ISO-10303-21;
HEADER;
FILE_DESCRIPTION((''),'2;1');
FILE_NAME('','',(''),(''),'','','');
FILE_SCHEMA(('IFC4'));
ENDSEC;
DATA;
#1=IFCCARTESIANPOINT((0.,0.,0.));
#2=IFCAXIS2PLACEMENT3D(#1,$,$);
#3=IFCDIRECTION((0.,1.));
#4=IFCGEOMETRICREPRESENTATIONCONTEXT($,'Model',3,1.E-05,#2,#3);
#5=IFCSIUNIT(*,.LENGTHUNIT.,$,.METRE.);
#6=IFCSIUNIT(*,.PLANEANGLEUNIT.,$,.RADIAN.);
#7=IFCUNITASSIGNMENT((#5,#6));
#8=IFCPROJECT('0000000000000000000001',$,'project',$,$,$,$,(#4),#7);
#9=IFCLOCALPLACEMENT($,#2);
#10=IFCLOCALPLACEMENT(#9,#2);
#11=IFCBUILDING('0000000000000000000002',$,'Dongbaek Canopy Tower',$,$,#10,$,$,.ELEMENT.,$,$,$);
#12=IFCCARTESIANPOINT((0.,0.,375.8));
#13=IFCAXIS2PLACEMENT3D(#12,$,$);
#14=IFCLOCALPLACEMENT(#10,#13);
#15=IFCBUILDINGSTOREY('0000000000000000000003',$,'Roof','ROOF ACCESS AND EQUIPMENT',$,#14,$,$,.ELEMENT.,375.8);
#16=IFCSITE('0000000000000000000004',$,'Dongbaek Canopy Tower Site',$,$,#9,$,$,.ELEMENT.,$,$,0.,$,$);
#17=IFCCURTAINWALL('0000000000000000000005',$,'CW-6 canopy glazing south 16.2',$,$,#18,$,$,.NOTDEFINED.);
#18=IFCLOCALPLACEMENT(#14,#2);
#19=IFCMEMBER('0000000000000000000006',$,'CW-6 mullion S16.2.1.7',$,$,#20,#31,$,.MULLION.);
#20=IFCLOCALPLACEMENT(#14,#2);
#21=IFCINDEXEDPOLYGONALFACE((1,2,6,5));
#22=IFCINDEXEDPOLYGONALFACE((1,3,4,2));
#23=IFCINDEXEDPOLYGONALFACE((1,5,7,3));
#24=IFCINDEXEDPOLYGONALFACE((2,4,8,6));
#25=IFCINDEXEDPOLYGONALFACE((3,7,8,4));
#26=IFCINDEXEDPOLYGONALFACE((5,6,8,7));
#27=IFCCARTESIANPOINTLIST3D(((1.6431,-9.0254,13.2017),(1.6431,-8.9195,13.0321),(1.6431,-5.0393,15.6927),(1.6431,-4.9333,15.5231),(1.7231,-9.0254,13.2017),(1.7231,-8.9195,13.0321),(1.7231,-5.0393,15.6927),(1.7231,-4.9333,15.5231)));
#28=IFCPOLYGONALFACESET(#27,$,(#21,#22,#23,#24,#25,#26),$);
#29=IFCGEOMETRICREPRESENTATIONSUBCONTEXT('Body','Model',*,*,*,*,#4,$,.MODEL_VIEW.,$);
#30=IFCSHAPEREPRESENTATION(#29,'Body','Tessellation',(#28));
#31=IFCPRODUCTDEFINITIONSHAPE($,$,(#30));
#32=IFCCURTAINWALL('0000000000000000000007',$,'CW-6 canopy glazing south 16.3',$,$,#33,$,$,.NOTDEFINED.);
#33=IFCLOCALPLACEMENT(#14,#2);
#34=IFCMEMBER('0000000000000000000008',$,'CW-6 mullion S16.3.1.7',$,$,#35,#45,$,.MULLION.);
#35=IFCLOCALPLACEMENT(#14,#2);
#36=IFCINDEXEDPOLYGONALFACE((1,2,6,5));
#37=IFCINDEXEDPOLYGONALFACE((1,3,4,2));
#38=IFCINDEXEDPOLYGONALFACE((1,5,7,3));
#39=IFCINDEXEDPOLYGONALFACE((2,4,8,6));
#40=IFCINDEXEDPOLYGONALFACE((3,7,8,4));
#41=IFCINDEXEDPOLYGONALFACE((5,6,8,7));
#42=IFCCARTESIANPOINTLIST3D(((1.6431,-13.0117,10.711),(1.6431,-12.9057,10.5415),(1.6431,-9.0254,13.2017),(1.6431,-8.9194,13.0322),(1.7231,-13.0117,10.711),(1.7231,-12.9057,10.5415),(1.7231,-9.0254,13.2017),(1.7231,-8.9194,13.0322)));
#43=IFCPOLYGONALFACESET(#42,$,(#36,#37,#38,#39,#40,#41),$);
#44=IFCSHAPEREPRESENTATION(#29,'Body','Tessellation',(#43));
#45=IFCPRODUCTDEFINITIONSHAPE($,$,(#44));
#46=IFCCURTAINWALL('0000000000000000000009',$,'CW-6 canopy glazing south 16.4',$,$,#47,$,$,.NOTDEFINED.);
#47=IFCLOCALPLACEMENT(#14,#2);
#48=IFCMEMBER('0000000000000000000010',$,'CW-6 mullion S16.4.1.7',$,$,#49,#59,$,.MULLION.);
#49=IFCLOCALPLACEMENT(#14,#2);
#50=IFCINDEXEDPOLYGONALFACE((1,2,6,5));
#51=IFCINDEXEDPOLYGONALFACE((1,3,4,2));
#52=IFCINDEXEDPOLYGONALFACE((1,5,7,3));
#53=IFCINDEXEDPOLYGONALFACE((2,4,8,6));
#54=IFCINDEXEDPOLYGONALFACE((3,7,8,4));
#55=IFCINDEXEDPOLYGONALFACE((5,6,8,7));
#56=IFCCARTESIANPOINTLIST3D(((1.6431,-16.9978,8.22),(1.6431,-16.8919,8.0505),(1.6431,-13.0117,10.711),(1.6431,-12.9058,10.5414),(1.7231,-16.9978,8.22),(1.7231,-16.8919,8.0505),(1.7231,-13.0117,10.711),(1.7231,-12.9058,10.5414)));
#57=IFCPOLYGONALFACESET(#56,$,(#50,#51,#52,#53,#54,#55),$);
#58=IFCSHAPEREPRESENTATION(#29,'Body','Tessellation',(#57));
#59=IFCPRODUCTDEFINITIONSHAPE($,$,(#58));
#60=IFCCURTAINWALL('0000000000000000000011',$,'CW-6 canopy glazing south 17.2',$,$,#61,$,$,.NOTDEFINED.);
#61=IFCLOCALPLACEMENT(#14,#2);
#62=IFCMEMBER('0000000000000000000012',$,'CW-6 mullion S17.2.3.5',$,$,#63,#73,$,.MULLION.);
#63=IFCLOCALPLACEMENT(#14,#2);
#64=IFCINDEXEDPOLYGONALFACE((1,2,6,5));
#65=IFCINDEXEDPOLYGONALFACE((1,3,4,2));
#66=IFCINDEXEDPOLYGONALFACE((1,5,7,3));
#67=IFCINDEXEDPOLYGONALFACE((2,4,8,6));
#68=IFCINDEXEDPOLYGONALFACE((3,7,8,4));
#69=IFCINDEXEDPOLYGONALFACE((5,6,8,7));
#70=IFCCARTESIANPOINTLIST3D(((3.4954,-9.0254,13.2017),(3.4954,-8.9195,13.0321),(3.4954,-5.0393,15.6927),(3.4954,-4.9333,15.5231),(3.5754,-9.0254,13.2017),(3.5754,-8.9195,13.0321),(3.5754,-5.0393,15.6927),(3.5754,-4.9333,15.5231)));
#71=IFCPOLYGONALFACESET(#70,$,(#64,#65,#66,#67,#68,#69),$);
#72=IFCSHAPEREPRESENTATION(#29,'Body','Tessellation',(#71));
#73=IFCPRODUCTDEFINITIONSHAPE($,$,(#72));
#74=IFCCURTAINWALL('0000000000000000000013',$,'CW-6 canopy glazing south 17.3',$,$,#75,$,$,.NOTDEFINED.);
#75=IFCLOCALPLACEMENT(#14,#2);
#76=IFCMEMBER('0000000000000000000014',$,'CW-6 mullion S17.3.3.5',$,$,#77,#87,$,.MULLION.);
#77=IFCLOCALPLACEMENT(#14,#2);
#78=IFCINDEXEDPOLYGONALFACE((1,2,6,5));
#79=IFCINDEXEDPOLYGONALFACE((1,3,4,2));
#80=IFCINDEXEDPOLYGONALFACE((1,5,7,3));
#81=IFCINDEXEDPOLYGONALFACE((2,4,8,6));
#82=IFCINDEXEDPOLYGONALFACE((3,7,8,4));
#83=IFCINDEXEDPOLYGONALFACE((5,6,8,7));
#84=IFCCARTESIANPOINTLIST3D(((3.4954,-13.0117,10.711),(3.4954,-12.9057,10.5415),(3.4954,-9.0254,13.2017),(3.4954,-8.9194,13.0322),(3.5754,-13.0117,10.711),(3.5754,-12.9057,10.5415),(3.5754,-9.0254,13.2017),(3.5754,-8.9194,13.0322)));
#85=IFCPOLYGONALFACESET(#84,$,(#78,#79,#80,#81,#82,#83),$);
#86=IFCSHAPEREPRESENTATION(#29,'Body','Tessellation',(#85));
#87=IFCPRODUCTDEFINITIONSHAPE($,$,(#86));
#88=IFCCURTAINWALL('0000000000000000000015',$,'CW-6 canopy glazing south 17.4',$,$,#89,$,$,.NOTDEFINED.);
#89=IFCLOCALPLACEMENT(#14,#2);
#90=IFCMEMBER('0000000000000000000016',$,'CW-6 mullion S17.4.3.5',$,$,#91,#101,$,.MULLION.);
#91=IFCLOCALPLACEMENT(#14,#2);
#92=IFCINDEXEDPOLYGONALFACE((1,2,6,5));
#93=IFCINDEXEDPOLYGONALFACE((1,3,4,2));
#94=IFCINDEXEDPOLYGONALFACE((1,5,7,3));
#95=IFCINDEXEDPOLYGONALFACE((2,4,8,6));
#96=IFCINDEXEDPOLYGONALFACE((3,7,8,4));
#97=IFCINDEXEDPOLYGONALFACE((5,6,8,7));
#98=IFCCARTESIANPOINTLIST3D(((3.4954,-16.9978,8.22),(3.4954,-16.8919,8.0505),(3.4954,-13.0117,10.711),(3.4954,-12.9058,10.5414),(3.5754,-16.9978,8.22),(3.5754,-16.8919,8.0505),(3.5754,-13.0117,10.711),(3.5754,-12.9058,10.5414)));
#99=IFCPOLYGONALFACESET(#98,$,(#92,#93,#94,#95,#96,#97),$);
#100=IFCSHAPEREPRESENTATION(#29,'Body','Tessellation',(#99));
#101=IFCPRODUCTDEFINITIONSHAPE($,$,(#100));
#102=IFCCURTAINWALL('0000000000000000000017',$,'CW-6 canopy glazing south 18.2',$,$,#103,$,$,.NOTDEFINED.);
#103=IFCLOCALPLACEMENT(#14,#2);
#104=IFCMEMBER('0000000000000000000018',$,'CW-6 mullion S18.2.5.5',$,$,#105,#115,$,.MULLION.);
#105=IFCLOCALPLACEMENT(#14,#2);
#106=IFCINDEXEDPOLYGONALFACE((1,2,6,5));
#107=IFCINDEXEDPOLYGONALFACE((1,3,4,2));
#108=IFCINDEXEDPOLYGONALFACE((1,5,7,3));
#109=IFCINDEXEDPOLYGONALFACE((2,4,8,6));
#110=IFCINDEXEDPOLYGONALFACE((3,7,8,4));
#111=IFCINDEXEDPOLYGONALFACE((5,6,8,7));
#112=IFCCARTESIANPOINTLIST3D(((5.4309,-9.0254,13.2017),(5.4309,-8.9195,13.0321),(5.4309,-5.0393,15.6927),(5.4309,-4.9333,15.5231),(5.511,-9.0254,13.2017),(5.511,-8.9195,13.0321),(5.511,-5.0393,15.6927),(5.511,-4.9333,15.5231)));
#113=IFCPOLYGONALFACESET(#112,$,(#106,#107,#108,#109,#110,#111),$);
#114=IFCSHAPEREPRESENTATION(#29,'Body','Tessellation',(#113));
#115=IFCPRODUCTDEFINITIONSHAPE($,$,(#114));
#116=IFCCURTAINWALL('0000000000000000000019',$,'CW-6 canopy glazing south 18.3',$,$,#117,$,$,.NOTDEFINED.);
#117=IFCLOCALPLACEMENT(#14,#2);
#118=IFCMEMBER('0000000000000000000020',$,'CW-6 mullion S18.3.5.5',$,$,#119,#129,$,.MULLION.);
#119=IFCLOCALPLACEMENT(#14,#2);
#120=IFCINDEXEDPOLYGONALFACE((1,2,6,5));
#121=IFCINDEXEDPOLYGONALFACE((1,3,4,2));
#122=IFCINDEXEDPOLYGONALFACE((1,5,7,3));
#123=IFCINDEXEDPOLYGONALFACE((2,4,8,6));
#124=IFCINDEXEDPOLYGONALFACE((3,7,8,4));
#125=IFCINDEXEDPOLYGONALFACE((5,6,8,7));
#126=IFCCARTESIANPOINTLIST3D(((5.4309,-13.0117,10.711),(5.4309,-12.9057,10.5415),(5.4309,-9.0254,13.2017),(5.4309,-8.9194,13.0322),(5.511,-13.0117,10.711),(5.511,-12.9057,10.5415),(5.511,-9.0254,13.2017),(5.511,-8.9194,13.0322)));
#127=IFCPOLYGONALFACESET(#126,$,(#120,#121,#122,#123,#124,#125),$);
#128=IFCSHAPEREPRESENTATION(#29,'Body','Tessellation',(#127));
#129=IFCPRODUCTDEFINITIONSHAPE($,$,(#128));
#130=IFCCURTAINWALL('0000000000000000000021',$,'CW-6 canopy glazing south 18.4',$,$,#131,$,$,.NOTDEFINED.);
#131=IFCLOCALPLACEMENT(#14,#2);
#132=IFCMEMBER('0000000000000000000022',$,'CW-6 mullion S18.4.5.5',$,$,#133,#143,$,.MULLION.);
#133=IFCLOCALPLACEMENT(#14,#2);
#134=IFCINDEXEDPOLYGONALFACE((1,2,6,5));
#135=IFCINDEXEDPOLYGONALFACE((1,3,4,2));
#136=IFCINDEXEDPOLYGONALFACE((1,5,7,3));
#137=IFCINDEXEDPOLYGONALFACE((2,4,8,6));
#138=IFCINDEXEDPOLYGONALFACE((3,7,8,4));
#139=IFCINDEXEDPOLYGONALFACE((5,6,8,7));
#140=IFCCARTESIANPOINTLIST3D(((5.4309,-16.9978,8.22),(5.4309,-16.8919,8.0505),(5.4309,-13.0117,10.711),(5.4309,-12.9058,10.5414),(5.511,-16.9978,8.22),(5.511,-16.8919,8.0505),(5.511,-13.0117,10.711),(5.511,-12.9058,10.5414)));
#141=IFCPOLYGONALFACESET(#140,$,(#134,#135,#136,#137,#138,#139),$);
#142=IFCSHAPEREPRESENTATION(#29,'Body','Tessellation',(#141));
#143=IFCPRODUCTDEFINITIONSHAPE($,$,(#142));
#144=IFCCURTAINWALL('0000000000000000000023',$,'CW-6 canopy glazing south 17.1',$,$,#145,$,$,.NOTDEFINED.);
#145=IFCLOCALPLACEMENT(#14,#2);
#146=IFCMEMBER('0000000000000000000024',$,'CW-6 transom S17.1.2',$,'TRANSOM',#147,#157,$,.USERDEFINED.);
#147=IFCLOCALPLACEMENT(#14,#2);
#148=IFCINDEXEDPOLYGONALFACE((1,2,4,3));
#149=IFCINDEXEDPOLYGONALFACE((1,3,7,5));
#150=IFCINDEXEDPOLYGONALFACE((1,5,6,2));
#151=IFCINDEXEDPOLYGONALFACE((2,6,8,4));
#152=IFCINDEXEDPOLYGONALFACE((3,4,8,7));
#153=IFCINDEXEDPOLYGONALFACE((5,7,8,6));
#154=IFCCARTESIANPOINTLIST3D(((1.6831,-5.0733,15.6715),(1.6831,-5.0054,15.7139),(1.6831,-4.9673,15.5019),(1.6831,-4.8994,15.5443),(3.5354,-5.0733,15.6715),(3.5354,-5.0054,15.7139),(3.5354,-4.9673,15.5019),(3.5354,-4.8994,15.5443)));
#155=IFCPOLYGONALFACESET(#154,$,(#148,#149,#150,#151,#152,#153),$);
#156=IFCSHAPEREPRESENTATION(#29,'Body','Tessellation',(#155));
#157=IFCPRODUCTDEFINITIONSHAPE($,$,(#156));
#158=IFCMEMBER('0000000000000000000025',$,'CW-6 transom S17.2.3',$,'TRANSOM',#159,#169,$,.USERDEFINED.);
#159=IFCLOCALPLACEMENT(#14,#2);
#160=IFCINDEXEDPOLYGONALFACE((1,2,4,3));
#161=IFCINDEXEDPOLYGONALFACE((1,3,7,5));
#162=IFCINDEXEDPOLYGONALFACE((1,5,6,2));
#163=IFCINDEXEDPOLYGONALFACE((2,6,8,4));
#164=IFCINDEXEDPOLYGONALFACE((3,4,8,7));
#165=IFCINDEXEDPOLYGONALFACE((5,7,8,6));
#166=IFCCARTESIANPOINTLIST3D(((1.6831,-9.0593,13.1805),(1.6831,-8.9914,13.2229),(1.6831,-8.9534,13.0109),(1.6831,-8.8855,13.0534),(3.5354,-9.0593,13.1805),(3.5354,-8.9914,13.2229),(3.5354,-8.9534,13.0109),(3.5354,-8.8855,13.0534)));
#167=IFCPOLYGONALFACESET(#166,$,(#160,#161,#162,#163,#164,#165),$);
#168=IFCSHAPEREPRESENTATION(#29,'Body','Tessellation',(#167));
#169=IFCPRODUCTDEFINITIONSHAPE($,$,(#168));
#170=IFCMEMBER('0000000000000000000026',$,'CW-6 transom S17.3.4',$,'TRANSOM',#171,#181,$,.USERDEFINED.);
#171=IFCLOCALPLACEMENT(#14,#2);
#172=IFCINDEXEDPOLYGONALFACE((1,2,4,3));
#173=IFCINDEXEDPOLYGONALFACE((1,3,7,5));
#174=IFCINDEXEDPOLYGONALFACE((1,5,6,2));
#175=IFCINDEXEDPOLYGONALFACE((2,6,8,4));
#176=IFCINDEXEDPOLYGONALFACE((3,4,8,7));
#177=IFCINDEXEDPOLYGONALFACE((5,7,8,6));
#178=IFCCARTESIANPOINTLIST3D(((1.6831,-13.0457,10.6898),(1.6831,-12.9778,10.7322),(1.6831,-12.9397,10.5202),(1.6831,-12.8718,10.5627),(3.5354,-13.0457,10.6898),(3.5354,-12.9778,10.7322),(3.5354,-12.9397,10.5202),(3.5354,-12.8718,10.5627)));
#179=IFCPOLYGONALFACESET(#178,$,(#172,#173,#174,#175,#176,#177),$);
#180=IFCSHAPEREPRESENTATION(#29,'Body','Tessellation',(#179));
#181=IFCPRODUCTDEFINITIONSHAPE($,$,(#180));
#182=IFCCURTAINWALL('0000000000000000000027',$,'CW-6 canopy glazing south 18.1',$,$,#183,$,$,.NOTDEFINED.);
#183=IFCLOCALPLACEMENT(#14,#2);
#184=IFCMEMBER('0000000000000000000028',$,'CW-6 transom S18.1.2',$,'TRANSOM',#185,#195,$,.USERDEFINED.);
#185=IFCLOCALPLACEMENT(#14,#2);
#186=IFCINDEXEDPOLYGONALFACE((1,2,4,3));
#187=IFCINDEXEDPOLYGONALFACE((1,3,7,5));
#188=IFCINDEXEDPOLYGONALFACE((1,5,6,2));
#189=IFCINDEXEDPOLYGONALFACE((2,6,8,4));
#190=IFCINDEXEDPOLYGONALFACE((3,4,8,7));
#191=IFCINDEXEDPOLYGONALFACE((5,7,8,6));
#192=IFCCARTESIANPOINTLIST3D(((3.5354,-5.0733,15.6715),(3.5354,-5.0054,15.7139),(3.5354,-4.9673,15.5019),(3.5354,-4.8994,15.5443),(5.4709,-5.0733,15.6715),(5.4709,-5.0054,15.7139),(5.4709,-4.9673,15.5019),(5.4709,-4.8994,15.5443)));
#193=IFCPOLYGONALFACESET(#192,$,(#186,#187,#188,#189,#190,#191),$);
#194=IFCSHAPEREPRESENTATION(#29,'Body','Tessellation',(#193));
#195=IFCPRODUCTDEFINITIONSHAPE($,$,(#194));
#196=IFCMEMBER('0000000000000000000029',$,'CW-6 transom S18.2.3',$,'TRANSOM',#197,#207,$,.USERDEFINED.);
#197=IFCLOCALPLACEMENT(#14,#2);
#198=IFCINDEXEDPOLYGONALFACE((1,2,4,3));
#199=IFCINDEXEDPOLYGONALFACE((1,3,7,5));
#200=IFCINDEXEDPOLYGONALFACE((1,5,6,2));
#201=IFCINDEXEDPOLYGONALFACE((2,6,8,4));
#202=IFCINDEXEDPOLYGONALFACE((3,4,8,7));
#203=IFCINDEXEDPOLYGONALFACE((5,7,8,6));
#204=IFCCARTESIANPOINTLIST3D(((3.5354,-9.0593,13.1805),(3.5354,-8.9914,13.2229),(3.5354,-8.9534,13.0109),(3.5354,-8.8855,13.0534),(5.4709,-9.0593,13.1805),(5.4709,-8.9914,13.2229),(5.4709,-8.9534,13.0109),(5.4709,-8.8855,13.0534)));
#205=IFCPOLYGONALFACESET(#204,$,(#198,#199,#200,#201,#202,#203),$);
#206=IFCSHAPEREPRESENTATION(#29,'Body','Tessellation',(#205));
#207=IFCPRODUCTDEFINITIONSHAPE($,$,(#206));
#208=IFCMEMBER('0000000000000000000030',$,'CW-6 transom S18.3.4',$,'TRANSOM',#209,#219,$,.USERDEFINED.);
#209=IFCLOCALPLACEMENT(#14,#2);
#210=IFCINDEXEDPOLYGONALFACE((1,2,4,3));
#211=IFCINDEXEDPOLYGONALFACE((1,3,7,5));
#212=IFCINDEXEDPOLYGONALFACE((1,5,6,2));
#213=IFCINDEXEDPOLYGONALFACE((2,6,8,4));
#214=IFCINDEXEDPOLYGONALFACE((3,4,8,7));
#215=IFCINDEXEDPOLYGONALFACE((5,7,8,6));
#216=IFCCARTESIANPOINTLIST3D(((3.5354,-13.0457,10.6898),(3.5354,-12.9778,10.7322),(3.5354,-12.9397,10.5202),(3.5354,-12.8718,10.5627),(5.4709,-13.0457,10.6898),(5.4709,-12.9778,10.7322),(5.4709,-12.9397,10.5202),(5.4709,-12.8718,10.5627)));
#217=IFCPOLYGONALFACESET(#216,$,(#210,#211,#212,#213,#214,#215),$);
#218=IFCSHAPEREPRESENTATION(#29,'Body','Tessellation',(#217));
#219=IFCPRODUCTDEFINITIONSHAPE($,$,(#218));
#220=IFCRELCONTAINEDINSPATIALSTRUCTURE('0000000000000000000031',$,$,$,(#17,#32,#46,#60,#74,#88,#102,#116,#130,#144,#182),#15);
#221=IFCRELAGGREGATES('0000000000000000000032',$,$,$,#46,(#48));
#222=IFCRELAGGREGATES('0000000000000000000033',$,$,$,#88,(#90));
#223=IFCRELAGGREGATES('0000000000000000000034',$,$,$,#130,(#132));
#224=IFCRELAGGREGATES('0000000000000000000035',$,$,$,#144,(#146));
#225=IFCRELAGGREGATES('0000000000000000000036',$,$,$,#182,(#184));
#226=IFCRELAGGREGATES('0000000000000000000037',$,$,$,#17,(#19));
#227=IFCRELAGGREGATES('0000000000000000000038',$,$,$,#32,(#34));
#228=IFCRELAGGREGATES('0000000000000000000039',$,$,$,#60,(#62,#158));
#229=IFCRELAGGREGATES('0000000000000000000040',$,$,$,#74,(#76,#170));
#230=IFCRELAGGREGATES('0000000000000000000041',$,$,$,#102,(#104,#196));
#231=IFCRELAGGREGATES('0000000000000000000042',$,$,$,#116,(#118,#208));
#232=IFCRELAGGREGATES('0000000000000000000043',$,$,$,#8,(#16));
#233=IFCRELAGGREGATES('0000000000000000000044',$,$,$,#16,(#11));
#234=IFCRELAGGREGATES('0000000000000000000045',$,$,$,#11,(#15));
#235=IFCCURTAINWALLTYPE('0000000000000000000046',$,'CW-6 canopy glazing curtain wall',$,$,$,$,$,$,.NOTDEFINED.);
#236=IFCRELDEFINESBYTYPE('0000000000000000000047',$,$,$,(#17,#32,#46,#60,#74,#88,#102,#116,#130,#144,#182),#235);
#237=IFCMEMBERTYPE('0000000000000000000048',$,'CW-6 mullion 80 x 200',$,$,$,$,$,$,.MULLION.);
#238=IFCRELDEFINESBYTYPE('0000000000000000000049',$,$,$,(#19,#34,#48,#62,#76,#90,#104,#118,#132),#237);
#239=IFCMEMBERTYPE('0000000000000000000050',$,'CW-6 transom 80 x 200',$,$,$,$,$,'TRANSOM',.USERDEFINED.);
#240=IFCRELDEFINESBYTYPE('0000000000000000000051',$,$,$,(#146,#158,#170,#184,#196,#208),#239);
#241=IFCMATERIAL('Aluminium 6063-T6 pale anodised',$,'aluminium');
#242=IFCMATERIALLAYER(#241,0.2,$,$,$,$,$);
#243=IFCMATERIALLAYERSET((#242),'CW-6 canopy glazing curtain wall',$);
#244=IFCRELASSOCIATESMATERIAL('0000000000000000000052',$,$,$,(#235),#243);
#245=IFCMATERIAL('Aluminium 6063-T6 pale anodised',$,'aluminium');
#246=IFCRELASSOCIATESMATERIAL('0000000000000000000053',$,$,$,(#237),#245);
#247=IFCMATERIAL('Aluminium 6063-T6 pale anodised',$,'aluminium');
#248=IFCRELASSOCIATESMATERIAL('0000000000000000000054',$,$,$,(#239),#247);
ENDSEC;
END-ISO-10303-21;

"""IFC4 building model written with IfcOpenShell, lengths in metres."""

from ifc_helpers import new_model, si_unit, direction, frame, origin, origin_2d, place, context, subcontext, project, spatial, rectangle, extrude, material, layer, layer_set, material_profile, profile_set, type_object, element, aggregate, save


model = new_model("IFC4")

# Units and contexts
model_context = context("Model", 3, precision=1e-05, world=origin(), true_north=direction((0.0, 1.0)))
body_context = subcontext(model_context, "Body", "Model", "MODEL_VIEW")
ifc_project = project(units=[si_unit("LENGTHUNIT", "METRE"), si_unit("PLANEANGLEUNIT", "RADIAN")], contexts=[model_context])

# Site, building, storey
site_placement = place(None, origin())
site = spatial("IfcSite", under=ifc_project, at=site_placement, Name="Dongbaek Canopy Tower Site", CompositionType="ELEMENT", RefElevation=0.0)
building_placement = place(site_placement, origin())
building = spatial("IfcBuilding", under=site, at=building_placement, Name="Dongbaek Canopy Tower", CompositionType="ELEMENT")
storey_placement = place(building_placement, frame((0.0, 0.0, 375.8)))
storey = spatial("IfcBuildingStorey", under=building, at=storey_placement, Name="Roof", Description="ROOF ACCESS AND EQUIPMENT", CompositionType="ELEMENT", Elevation=375.8)

# Curtain walls, members
ifc_material_1 = material(Name="Aluminium 6063-T6 pale anodised", Category="aluminium")
ifc_layer_1 = layer(ifc_material_1, 0.2)
ifc_layer_set_1 = layer_set([ifc_layer_1], Name="CW-6 canopy glazing curtain wall")
curtain_wall_type = type_object("IfcCurtainWallType", Name="CW-6 canopy glazing curtain wall", PredefinedType="NOTDEFINED", material=ifc_layer_set_1)
curtain_wall_1_placement = place(storey_placement, origin())
curtain_wall_1 = element("IfcCurtainWall", 1, at=curtain_wall_1_placement, inside=storey, type_object=curtain_wall_type, Name="CW-6 canopy glazing south 16.2", PredefinedType="NOTDEFINED")
ifc_material_2 = material(Name="Aluminium 6063-T6 pale anodised", Category="aluminium")
ifc_material_profile_1 = material_profile(ifc_material_2, rectangle(XDim=0.0801, YDim=0.2, at=origin_2d()), Name="CW-6 mullion 80 x 200")
ifc_profile_set_1 = profile_set([ifc_material_profile_1], Name="Aluminium 6063-T6 pale anodised")
member_type_1 = type_object("IfcMemberType", Name="CW-6 mullion 80 x 200", PredefinedType="MULLION", material=ifc_profile_set_1)
member_1_placement = place(storey_placement, frame((1.6831, -4.9863, 15.6079), z_axis=(0.0, -0.84803, -0.529948), x_axis=(1.0, 0.0, 0.0)))
member_1 = element("IfcMember", 2, at=member_1_placement, type_object=member_type_1, Name="CW-6 mullion S16.2.1.7", PredefinedType="MULLION", context=body_context, shape_type="SweptSolid", body=[
    extrude(rectangle(XDim=0.0801, YDim=0.2, at=origin_2d()), origin(), (0.0, 0.0, 1.0), 4.7004),
])
curtain_wall_2_placement = place(storey_placement, origin())
curtain_wall_2 = element("IfcCurtainWall", 3, at=curtain_wall_2_placement, inside=storey, type_object=curtain_wall_type, Name="CW-6 canopy glazing south 16.3", PredefinedType="NOTDEFINED")
member_2_placement = place(storey_placement, frame((1.6831, -8.9724, 13.1169), z_axis=(0.0, -0.848068, -0.529887), x_axis=(1.0, 0.0, 0.0)))
member_2 = element("IfcMember", 4, at=member_2_placement, type_object=member_type_1, Name="CW-6 mullion S16.3.1.7", PredefinedType="MULLION", context=body_context, shape_type="SweptSolid", body=[
    extrude(rectangle(XDim=0.0801, YDim=0.2, at=origin_2d()), origin(), (0.0, 0.0, 1.0), 4.7004),
])
curtain_wall_3_placement = place(storey_placement, origin())
curtain_wall_3 = element("IfcCurtainWall", 5, at=curtain_wall_3_placement, inside=storey, type_object=curtain_wall_type, Name="CW-6 canopy glazing south 16.4", PredefinedType="NOTDEFINED")
member_3_placement = place(storey_placement, frame((1.6831, -12.9587, 10.6262), z_axis=(0.0, -0.84803, -0.529948), x_axis=(1.0, 0.0, 0.0)))
member_3 = element("IfcMember", 6, at=member_3_placement, type_object=member_type_1, Name="CW-6 mullion S16.4.1.7", PredefinedType="MULLION", context=body_context, shape_type="SweptSolid", body=[
    extrude(rectangle(XDim=0.0801, YDim=0.2, at=origin_2d()), origin(), (0.0, 0.0, 1.0), 4.7004),
])
aggregate(curtain_wall_3, [member_3])
curtain_wall_4_placement = place(storey_placement, origin())
curtain_wall_4 = element("IfcCurtainWall", 7, at=curtain_wall_4_placement, inside=storey, type_object=curtain_wall_type, Name="CW-6 canopy glazing south 17.2", PredefinedType="NOTDEFINED")
member_4_placement = place(storey_placement, frame((3.5354, -4.9863, 15.6079), z_axis=(0.0, -0.84803, -0.529948), x_axis=(1.0, 0.0, 0.0)))
member_4 = element("IfcMember", 8, at=member_4_placement, type_object=member_type_1, Name="CW-6 mullion S17.2.3.5", PredefinedType="MULLION", context=body_context, shape_type="SweptSolid", body=[
    extrude(rectangle(XDim=0.0801, YDim=0.2, at=origin_2d()), origin(), (0.0, 0.0, 1.0), 4.7004),
])
curtain_wall_5_placement = place(storey_placement, origin())
curtain_wall_5 = element("IfcCurtainWall", 9, at=curtain_wall_5_placement, inside=storey, type_object=curtain_wall_type, Name="CW-6 canopy glazing south 17.3", PredefinedType="NOTDEFINED")
member_5_placement = place(storey_placement, frame((3.5354, -8.9724, 13.1169), z_axis=(0.0, -0.848068, -0.529887), x_axis=(1.0, 0.0, 0.0)))
member_5 = element("IfcMember", 10, at=member_5_placement, type_object=member_type_1, Name="CW-6 mullion S17.3.3.5", PredefinedType="MULLION", context=body_context, shape_type="SweptSolid", body=[
    extrude(rectangle(XDim=0.0801, YDim=0.2, at=origin_2d()), origin(), (0.0, 0.0, 1.0), 4.7004),
])
curtain_wall_6_placement = place(storey_placement, origin())
curtain_wall_6 = element("IfcCurtainWall", 11, at=curtain_wall_6_placement, inside=storey, type_object=curtain_wall_type, Name="CW-6 canopy glazing south 17.4", PredefinedType="NOTDEFINED")
member_6_placement = place(storey_placement, frame((3.5354, -12.9587, 10.6262), z_axis=(0.0, -0.84803, -0.529948), x_axis=(1.0, 0.0, 0.0)))
member_6 = element("IfcMember", 12, at=member_6_placement, type_object=member_type_1, Name="CW-6 mullion S17.4.3.5", PredefinedType="MULLION", context=body_context, shape_type="SweptSolid", body=[
    extrude(rectangle(XDim=0.0801, YDim=0.2, at=origin_2d()), origin(), (0.0, 0.0, 1.0), 4.7004),
])
aggregate(curtain_wall_6, [member_6])
curtain_wall_7_placement = place(storey_placement, origin())
curtain_wall_7 = element("IfcCurtainWall", 13, at=curtain_wall_7_placement, inside=storey, type_object=curtain_wall_type, Name="CW-6 canopy glazing south 18.2", PredefinedType="NOTDEFINED")
member_7_placement = place(storey_placement, frame((5.4709, -4.9863, 15.6079), z_axis=(0.0, -0.84803, -0.529948), x_axis=(1.0, 0.0, 0.0)))
member_7 = element("IfcMember", 14, at=member_7_placement, type_object=member_type_1, Name="CW-6 mullion S18.2.5.5", PredefinedType="MULLION", context=body_context, shape_type="SweptSolid", body=[
    extrude(rectangle(XDim=0.0801, YDim=0.2, at=origin_2d()), origin(), (0.0, 0.0, 1.0), 4.7004),
])
curtain_wall_8_placement = place(storey_placement, origin())
curtain_wall_8 = element("IfcCurtainWall", 15, at=curtain_wall_8_placement, inside=storey, type_object=curtain_wall_type, Name="CW-6 canopy glazing south 18.3", PredefinedType="NOTDEFINED")
member_8_placement = place(storey_placement, frame((5.4709, -8.9724, 13.1169), z_axis=(0.0, -0.848068, -0.529887), x_axis=(1.0, 0.0, 0.0)))
member_8 = element("IfcMember", 16, at=member_8_placement, type_object=member_type_1, Name="CW-6 mullion S18.3.5.5", PredefinedType="MULLION", context=body_context, shape_type="SweptSolid", body=[
    extrude(rectangle(XDim=0.0801, YDim=0.2, at=origin_2d()), origin(), (0.0, 0.0, 1.0), 4.7004),
])
curtain_wall_9_placement = place(storey_placement, origin())
curtain_wall_9 = element("IfcCurtainWall", 17, at=curtain_wall_9_placement, inside=storey, type_object=curtain_wall_type, Name="CW-6 canopy glazing south 18.4", PredefinedType="NOTDEFINED")
member_9_placement = place(storey_placement, frame((5.4709, -12.9587, 10.6262), z_axis=(0.0, -0.84803, -0.529948), x_axis=(1.0, 0.0, 0.0)))
member_9 = element("IfcMember", 18, at=member_9_placement, type_object=member_type_1, Name="CW-6 mullion S18.4.5.5", PredefinedType="MULLION", context=body_context, shape_type="SweptSolid", body=[
    extrude(rectangle(XDim=0.0801, YDim=0.2, at=origin_2d()), origin(), (0.0, 0.0, 1.0), 4.7004),
])
aggregate(curtain_wall_9, [member_9])
curtain_wall_10_placement = place(storey_placement, origin())
curtain_wall_10 = element("IfcCurtainWall", 19, at=curtain_wall_10_placement, inside=storey, type_object=curtain_wall_type, Name="CW-6 canopy glazing south 17.1", PredefinedType="NOTDEFINED")
ifc_material_3 = material(Name="Aluminium 6063-T6 pale anodised", Category="aluminium")
ifc_material_profile_2 = material_profile(ifc_material_3, rectangle(XDim=0.0801, YDim=0.2, at=origin_2d()), Name="CW-6 transom 80 x 200")
ifc_profile_set_2 = profile_set([ifc_material_profile_2], Name="Aluminium 6063-T6 pale anodised")
member_type_2 = type_object("IfcMemberType", Name="CW-6 transom 80 x 200", ElementType="TRANSOM", PredefinedType="USERDEFINED", material=ifc_profile_set_2)
member_10_placement = place(storey_placement, frame((1.6831, -4.9863, 15.6079), z_axis=(1.0, 0.0, 0.0), x_axis=(0.0, 0.848048, 0.529919)))
member_10 = element("IfcMember", 20, at=member_10_placement, type_object=member_type_2, Name="CW-6 transom S17.1.2", ObjectType="TRANSOM", PredefinedType="USERDEFINED", context=body_context, shape_type="SweptSolid", body=[
    extrude(rectangle(XDim=0.0801, YDim=0.2, at=origin_2d()), origin(), (0.0, 0.0, 1.0), 1.8523),
])
aggregate(curtain_wall_10, [member_10])

# Members
member_11_placement = place(storey_placement, frame((1.6831, -8.9724, 13.1169), z_axis=(1.0, 0.0, 0.0), x_axis=(0.0, 0.848048, 0.529919)))
member_11 = element("IfcMember", 21, at=member_11_placement, type_object=member_type_2, Name="CW-6 transom S17.2.3", ObjectType="TRANSOM", PredefinedType="USERDEFINED", context=body_context, shape_type="SweptSolid", body=[
    extrude(rectangle(XDim=0.0801, YDim=0.2, at=origin_2d()), origin(), (0.0, 0.0, 1.0), 1.8523),
])
member_12_placement = place(storey_placement, frame((1.6831, -12.9587, 10.6262), z_axis=(1.0, 0.0, 0.0), x_axis=(0.0, 0.848048, 0.529919)))
member_12 = element("IfcMember", 22, at=member_12_placement, type_object=member_type_2, Name="CW-6 transom S17.3.4", ObjectType="TRANSOM", PredefinedType="USERDEFINED", context=body_context, shape_type="SweptSolid", body=[
    extrude(rectangle(XDim=0.0801, YDim=0.2, at=origin_2d()), origin(), (0.0, 0.0, 1.0), 1.8523),
])

# Curtain wall, member
curtain_wall_11_placement = place(storey_placement, origin())
curtain_wall_11 = element("IfcCurtainWall", 23, at=curtain_wall_11_placement, inside=storey, type_object=curtain_wall_type, Name="CW-6 canopy glazing south 18.1", PredefinedType="NOTDEFINED")
member_13_placement = place(storey_placement, frame((3.5354, -4.9863, 15.6079), z_axis=(1.0, 0.0, 0.0), x_axis=(0.0, 0.848048, 0.529919)))
member_13 = element("IfcMember", 24, at=member_13_placement, type_object=member_type_2, Name="CW-6 transom S18.1.2", ObjectType="TRANSOM", PredefinedType="USERDEFINED", context=body_context, shape_type="SweptSolid", body=[
    extrude(rectangle(XDim=0.0801, YDim=0.2, at=origin_2d()), origin(), (0.0, 0.0, 1.0), 1.9355),
])
aggregate(curtain_wall_11, [member_13])

# Members
member_14_placement = place(storey_placement, frame((3.5354, -8.9724, 13.1169), z_axis=(1.0, 0.0, 0.0), x_axis=(0.0, 0.848048, 0.529919)))
member_14 = element("IfcMember", 25, at=member_14_placement, type_object=member_type_2, Name="CW-6 transom S18.2.3", ObjectType="TRANSOM", PredefinedType="USERDEFINED", context=body_context, shape_type="SweptSolid", body=[
    extrude(rectangle(XDim=0.0801, YDim=0.2, at=origin_2d()), origin(), (0.0, 0.0, 1.0), 1.9355),
])
member_15_placement = place(storey_placement, frame((3.5354, -12.9587, 10.6262), z_axis=(1.0, 0.0, 0.0), x_axis=(0.0, 0.848048, 0.529919)))
member_15 = element("IfcMember", 26, at=member_15_placement, type_object=member_type_2, Name="CW-6 transom S18.3.4", ObjectType="TRANSOM", PredefinedType="USERDEFINED", context=body_context, shape_type="SweptSolid", body=[
    extrude(rectangle(XDim=0.0801, YDim=0.2, at=origin_2d()), origin(), (0.0, 0.0, 1.0), 1.9355),
])

aggregate(curtain_wall_1, [member_1])
aggregate(curtain_wall_2, [member_2])
aggregate(curtain_wall_4, [member_4, member_11])
aggregate(curtain_wall_5, [member_5, member_12])
aggregate(curtain_wall_7, [member_7, member_14])
aggregate(curtain_wall_8, [member_8, member_15])

save(model, "model.ifc")
